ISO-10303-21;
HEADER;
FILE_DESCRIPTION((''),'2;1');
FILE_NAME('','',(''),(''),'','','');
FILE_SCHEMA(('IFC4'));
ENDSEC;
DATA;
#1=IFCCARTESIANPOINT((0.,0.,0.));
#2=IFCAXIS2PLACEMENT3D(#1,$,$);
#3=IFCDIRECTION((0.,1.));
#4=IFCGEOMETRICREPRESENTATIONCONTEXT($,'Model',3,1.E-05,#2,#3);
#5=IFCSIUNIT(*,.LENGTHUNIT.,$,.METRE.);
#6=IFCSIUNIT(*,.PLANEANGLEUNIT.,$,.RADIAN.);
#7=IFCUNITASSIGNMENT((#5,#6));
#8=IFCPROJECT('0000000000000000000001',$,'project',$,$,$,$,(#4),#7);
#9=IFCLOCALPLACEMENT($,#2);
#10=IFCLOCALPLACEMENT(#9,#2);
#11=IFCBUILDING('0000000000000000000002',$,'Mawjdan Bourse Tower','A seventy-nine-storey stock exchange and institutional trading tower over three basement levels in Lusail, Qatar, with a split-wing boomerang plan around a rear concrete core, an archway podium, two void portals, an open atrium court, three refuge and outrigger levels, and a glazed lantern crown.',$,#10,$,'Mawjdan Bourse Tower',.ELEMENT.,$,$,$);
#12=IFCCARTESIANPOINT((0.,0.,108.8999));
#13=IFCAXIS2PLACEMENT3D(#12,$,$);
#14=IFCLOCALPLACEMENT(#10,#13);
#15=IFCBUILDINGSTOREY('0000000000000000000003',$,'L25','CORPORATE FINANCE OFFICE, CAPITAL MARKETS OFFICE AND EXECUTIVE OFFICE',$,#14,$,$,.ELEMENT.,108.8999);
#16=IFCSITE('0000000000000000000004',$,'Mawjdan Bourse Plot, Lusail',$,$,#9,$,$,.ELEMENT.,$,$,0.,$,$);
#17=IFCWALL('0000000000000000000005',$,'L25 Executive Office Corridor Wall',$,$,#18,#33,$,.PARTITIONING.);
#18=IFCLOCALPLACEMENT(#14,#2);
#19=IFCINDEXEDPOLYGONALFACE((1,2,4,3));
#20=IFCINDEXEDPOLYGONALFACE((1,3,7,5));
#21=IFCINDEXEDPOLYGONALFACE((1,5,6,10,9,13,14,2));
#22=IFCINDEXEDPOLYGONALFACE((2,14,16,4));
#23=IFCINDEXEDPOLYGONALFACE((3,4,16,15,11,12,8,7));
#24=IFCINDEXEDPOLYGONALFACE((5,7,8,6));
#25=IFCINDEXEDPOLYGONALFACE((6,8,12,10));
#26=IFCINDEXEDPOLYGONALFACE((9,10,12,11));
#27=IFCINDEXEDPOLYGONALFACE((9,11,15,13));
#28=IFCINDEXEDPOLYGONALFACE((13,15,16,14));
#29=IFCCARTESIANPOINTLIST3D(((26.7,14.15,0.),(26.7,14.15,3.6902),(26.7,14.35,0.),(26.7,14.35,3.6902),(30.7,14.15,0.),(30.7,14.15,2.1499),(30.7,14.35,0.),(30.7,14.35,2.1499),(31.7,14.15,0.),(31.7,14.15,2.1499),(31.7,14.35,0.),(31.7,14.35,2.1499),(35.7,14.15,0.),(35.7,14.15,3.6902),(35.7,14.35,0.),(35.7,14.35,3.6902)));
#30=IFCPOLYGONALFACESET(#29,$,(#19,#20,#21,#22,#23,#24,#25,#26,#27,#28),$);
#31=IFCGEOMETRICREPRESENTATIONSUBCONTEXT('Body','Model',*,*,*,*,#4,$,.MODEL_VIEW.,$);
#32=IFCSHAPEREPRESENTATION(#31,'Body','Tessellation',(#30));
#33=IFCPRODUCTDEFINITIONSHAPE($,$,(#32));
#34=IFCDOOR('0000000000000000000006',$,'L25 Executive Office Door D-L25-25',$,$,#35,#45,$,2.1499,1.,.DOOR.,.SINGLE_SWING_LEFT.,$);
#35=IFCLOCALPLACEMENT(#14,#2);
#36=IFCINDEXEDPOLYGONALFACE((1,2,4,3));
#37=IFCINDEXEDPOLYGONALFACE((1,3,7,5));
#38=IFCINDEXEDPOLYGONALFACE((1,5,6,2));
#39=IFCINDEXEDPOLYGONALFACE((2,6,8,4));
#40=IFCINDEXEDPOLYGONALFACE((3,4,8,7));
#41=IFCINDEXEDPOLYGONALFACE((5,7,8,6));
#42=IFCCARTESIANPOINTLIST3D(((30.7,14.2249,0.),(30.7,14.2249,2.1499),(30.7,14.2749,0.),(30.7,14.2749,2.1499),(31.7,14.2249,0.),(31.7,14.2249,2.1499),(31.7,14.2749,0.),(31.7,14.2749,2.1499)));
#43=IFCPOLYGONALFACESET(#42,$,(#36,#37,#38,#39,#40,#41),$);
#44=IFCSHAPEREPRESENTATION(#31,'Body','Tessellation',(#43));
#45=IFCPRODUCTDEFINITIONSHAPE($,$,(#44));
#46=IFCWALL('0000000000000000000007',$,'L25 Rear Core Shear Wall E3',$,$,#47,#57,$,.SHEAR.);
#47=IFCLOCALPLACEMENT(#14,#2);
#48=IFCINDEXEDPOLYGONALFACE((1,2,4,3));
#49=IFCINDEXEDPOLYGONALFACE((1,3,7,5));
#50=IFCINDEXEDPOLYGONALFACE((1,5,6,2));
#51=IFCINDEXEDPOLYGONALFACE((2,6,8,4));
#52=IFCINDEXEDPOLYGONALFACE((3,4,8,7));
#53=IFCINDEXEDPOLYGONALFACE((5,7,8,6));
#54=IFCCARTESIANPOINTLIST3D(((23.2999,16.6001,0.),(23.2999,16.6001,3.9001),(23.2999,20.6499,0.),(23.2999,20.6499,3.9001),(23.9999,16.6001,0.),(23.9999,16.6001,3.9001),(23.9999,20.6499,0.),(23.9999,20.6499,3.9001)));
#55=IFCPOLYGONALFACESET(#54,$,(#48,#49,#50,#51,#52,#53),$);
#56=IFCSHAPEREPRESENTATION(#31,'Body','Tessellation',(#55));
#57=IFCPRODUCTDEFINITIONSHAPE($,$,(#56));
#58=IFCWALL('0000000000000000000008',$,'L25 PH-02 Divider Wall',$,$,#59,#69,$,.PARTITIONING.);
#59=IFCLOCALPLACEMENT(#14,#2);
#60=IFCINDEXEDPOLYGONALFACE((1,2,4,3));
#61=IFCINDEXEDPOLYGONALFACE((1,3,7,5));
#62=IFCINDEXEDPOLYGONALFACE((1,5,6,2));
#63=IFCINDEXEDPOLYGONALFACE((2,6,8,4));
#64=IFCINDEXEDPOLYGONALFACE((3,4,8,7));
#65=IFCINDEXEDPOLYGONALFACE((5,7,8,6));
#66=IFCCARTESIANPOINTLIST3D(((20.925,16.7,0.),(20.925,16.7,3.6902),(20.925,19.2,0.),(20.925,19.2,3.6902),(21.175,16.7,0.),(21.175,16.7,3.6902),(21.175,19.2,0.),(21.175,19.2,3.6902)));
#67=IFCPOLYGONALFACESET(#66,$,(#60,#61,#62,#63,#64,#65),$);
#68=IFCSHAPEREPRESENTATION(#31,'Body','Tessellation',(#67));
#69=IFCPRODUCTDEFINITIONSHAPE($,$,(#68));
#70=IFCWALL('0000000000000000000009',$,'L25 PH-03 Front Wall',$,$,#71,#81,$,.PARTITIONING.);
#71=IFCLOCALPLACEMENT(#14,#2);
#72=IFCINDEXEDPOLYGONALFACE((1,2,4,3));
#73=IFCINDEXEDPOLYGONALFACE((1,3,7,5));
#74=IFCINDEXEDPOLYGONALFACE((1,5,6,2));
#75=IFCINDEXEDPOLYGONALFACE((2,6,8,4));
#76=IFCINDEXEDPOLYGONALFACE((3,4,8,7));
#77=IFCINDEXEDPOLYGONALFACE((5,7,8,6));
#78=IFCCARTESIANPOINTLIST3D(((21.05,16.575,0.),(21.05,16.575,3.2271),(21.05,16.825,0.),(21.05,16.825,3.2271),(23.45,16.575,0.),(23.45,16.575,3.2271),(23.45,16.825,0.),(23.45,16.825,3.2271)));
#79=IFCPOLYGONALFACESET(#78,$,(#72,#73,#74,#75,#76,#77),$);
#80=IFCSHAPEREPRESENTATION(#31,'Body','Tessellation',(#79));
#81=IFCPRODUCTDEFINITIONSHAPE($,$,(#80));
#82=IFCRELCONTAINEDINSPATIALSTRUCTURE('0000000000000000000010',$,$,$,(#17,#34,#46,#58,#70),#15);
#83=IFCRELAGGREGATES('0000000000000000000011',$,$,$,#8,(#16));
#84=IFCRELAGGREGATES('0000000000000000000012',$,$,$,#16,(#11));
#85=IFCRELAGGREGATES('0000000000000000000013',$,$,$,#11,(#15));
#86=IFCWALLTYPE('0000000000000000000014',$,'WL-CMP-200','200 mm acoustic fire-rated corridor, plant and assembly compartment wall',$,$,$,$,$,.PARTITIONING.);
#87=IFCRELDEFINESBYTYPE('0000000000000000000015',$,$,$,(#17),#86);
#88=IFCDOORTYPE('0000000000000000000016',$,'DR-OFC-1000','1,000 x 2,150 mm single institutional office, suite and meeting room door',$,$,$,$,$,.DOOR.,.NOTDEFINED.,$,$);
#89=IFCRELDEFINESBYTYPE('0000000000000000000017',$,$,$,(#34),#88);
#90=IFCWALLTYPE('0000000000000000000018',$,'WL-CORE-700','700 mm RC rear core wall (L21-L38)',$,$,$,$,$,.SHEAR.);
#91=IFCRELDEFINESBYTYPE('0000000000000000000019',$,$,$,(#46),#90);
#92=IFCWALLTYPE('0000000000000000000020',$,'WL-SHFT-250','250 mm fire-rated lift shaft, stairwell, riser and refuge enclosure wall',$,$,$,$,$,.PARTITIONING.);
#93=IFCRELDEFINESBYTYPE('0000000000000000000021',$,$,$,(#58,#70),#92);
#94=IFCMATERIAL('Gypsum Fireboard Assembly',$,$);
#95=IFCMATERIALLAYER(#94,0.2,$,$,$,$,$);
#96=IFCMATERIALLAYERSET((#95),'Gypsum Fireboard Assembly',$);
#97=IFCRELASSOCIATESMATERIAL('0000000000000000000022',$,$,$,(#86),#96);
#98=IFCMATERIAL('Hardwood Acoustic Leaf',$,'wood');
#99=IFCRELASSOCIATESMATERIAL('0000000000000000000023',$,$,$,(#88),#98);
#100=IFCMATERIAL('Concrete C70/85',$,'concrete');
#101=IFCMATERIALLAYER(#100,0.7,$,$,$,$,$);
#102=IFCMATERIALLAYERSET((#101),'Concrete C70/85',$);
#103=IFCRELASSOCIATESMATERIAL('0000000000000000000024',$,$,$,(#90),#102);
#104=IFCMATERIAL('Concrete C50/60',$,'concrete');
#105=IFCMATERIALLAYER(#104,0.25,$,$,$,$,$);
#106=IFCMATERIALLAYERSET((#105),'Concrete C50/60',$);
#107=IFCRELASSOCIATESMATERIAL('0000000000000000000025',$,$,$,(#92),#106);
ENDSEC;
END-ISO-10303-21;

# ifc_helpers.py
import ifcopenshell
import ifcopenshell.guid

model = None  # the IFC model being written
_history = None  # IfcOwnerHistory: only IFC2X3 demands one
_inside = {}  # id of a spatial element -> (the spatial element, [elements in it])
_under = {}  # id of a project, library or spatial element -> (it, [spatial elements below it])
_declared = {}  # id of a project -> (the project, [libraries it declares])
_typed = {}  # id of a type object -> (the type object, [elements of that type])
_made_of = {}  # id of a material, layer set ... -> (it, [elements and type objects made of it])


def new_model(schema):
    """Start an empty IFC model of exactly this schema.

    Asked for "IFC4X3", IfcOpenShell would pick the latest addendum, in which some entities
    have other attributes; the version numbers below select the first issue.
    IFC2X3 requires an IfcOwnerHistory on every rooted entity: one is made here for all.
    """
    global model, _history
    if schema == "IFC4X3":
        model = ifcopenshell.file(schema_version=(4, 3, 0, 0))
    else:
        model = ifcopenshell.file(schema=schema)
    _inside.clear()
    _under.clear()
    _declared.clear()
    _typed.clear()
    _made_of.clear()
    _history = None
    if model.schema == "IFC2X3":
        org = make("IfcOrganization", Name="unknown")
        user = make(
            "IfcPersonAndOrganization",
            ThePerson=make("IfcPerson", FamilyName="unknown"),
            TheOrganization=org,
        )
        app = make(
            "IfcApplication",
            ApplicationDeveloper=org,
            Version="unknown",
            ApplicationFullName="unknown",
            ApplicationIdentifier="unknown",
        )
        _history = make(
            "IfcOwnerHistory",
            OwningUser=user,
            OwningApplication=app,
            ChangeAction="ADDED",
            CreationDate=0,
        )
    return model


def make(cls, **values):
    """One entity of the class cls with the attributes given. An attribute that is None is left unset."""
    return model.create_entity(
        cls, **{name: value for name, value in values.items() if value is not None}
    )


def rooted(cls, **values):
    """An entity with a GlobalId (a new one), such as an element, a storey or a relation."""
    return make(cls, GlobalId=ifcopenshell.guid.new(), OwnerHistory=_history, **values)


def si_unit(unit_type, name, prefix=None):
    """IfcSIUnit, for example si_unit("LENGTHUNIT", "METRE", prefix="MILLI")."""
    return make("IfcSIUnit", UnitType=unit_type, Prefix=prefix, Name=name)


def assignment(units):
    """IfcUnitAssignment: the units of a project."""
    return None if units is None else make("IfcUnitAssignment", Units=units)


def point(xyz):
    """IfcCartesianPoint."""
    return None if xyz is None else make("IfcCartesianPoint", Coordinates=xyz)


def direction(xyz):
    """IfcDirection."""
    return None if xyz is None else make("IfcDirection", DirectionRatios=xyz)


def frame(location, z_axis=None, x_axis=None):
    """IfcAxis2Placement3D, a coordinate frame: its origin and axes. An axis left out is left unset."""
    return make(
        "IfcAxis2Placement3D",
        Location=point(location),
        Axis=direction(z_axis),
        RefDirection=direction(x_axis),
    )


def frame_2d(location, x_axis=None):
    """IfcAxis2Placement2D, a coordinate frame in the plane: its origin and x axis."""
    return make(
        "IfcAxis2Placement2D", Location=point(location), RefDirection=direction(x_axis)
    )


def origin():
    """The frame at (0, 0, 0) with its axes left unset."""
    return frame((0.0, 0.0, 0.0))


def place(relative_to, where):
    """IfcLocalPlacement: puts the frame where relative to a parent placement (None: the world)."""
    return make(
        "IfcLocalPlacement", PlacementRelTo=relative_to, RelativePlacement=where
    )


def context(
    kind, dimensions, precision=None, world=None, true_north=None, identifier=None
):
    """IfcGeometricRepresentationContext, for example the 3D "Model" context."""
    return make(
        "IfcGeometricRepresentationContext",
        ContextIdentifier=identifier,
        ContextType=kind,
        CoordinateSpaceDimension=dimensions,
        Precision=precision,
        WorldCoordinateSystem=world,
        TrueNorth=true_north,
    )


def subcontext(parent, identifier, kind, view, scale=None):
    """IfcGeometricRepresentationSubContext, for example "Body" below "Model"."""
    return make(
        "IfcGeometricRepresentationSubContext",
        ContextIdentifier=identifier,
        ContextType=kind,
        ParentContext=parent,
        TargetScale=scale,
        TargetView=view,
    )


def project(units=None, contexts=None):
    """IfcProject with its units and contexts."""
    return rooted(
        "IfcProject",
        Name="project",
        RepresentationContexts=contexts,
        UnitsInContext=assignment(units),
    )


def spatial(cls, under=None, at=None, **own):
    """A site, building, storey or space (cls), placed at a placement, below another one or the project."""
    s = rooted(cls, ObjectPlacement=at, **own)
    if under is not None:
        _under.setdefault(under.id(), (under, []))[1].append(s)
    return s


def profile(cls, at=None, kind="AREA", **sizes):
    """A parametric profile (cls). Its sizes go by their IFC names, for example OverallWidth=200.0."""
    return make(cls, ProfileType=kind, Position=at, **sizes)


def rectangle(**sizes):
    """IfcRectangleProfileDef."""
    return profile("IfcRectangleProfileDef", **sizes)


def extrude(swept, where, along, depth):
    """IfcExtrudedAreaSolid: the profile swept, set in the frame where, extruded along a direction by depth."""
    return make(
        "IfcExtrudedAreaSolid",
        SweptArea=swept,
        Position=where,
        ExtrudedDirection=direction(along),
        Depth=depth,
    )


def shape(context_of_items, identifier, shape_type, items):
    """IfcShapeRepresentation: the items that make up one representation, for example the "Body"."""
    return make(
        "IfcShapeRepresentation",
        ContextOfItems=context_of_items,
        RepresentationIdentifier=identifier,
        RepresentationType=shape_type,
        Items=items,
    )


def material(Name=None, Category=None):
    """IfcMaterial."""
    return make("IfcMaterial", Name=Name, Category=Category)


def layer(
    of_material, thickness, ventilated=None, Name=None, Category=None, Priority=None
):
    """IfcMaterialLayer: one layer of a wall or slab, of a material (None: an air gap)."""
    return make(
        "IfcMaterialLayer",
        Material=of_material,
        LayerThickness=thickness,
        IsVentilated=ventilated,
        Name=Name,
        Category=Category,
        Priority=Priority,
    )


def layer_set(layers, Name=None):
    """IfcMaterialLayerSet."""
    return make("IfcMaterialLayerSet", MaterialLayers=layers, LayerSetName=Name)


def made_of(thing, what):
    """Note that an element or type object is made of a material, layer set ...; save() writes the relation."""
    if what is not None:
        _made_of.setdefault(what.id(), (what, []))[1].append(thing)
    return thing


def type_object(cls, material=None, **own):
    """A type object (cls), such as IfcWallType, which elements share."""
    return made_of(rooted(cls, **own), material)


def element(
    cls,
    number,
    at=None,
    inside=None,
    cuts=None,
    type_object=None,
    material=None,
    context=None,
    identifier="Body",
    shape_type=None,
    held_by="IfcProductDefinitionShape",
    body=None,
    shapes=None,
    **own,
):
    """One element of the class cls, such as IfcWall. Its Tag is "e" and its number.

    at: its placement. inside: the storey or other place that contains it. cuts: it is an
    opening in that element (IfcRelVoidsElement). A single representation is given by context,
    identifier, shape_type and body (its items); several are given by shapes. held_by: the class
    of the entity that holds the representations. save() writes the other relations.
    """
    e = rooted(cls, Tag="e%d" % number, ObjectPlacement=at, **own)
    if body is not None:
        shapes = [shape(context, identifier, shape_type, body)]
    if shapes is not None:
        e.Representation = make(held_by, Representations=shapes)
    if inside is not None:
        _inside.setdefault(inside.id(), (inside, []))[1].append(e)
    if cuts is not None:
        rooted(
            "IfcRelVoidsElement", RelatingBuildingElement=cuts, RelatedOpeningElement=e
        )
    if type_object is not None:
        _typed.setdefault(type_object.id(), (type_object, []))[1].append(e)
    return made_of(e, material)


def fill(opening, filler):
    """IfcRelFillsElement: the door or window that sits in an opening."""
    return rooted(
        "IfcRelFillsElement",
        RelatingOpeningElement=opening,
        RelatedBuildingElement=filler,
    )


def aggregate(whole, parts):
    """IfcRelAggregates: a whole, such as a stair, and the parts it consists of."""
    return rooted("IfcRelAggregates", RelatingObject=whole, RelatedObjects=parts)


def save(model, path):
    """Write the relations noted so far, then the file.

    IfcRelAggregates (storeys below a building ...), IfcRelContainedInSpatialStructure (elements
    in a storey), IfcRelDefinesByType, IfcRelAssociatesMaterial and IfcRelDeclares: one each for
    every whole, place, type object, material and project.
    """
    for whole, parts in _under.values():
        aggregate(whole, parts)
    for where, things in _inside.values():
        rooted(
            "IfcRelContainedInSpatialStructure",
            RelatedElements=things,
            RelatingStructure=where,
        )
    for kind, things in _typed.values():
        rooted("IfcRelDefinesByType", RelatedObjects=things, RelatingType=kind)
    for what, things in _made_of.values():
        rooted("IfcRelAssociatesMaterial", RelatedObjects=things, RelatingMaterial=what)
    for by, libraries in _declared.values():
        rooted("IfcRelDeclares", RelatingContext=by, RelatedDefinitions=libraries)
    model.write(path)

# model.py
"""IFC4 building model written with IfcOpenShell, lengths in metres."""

from ifc_helpers import new_model, si_unit, direction, frame, frame_2d, origin, place, context, subcontext, project, spatial, rectangle, extrude, material, layer, layer_set, type_object, element, fill, save


model = new_model("IFC4")

# Units and contexts
model_context = context("Model", 3, precision=1e-05, world=origin(), true_north=direction((0.0, 1.0)))
body_context = subcontext(model_context, "Body", "Model", "MODEL_VIEW")
ifc_project = project(units=[si_unit("LENGTHUNIT", "METRE"), si_unit("PLANEANGLEUNIT", "RADIAN")], contexts=[model_context])

# Site, building, storey
site_placement = place(None, origin())
site = spatial("IfcSite", under=ifc_project, at=site_placement, Name="Mawjdan Bourse Plot, Lusail", CompositionType="ELEMENT", RefElevation=0.0)
building_placement = place(site_placement, origin())
building = spatial("IfcBuilding", under=site, at=building_placement, Name="Mawjdan Bourse Tower", Description="A seventy-nine-storey stock exchange and institutional trading tower over three basement levels in Lusail, Qatar, with a split-wing boomerang plan around a rear concrete core, an archway podium, two void portals, an open atrium court, three refuge and outrigger levels, and a glazed lantern crown.", LongName="Mawjdan Bourse Tower", CompositionType="ELEMENT")
storey_placement = place(building_placement, frame((0.0, 0.0, 108.8999)))
storey = spatial("IfcBuildingStorey", under=building, at=storey_placement, Name="L25", Description="CORPORATE FINANCE OFFICE, CAPITAL MARKETS OFFICE AND EXECUTIVE OFFICE", CompositionType="ELEMENT", Elevation=108.8999)

# Shared definitions
ifc_material_1 = material(Name="Concrete C70/85", Category="concrete")

# Shared definitions
ifc_material_2 = material(Name="Gypsum Fireboard Assembly")
ifc_layer_1 = layer(ifc_material_2, 0.2)
ifc_layer_set_1 = layer_set([ifc_layer_1], Name="Gypsum Fireboard Assembly")
wall_type_1 = type_object("IfcWallType", Name="WL-CMP-200", Description="200 mm acoustic fire-rated corridor, plant and assembly compartment wall", PredefinedType="PARTITIONING", material=ifc_layer_set_1)

# Shared definitions
ifc_material_3 = material(Name="Hardwood Acoustic Leaf", Category="wood")
door_type_1 = type_object("IfcDoorType", Name="DR-OFC-1000", Description="1,000 x 2,150 mm single institutional office, suite and meeting room door", OperationType="NOTDEFINED", PredefinedType="DOOR", material=ifc_material_3)

# Wall, opening, door
wall_1_placement = place(storey_placement, frame((26.7, 14.25, 0.0), z_axis=(0.0, 0.0, 1.0), x_axis=(1.0, 0.0, 0.0)))
wall_1 = element("IfcWall", 1, at=wall_1_placement, inside=storey, type_object=wall_type_1, Name="L25 Executive Office Corridor Wall", PredefinedType="PARTITIONING", context=body_context, shape_type="SweptSolid", body=[
    extrude(rectangle(XDim=9.0, YDim=0.2, at=frame_2d((4.5, 0.0))), origin(), (0.0, 0.0, 1.0), 3.6902),
])
opening_1_placement = place(wall_1_placement, frame((4.0, 0.0, 0.0)))
opening_1 = element("IfcOpeningElement", 2, at=opening_1_placement, cuts=wall_1, PredefinedType="OPENING", context=body_context, shape_type="SweptSolid", body=[
    extrude(rectangle(XDim=1.0, YDim=2.1499, at=frame_2d((0.5, 1.075))), frame((0.0, 0.1099, 0.0), z_axis=(0.0, -1.0, 0.0), x_axis=(1.0, 0.0, 0.0)), (0.0, 0.0, 1.0), 0.22),
])
door_1_placement = place(opening_1_placement, origin())
door_1 = element("IfcDoor", 3, at=door_1_placement, inside=storey, type_object=door_type_1, Name="L25 Executive Office Door D-L25-25", OperationType="SINGLE_SWING_LEFT", OverallHeight=2.1499, OverallWidth=1.0, PredefinedType="DOOR", context=body_context, shape_type="SweptSolid", body=[
    extrude(rectangle(XDim=1.0, YDim=2.1499, at=frame_2d((0.5, 1.075))), frame((0.0, 0.0249, 0.0), z_axis=(0.0, -1.0, 0.0), x_axis=(1.0, 0.0, 0.0)), (0.0, 0.0, 1.0), 0.05),
])
fill(opening_1, door_1)

# Walls
ifc_layer_2 = layer(ifc_material_1, 0.7)
ifc_layer_set_2 = layer_set([ifc_layer_2], Name="Concrete C70/85")
wall_type_2 = type_object("IfcWallType", Name="WL-CORE-700", Description="700 mm RC rear core wall (L21-L38)", PredefinedType="SHEAR", material=ifc_layer_set_2)
wall_2_placement = place(storey_placement, frame((23.6499, 16.6001, 0.0), z_axis=(0.0, 0.0, 1.0), x_axis=(0.0, 1.0, 0.0)))
element("IfcWall", 4, at=wall_2_placement, inside=storey, type_object=wall_type_2, Name="L25 Rear Core Shear Wall E3", PredefinedType="SHEAR", context=body_context, shape_type="SweptSolid", body=[
    extrude(rectangle(XDim=4.0498, YDim=0.7, at=frame_2d((2.0249, 0.0))), origin(), (0.0, 0.0, 1.0), 3.9001),
])
ifc_material_4 = material(Name="Concrete C50/60", Category="concrete")
ifc_layer_3 = layer(ifc_material_4, 0.25)
ifc_layer_set_3 = layer_set([ifc_layer_3], Name="Concrete C50/60")
wall_type_3 = type_object("IfcWallType", Name="WL-SHFT-250", Description="250 mm fire-rated lift shaft, stairwell, riser and refuge enclosure wall", PredefinedType="PARTITIONING", material=ifc_layer_set_3)
wall_3_placement = place(storey_placement, frame((21.05, 16.7, 0.0), z_axis=(0.0, 0.0, 1.0), x_axis=(0.0, 1.0, 0.0)))
element("IfcWall", 5, at=wall_3_placement, inside=storey, type_object=wall_type_3, Name="L25 PH-02 Divider Wall", PredefinedType="PARTITIONING", context=body_context, shape_type="SweptSolid", body=[
    extrude(rectangle(XDim=2.5, YDim=0.25, at=frame_2d((1.25, 0.0))), origin(), (0.0, 0.0, 1.0), 3.6902),
])
wall_4_placement = place(storey_placement, frame((21.05, 16.7, 0.0), z_axis=(0.0, 0.0, 1.0), x_axis=(1.0, 0.0, 0.0)))
element("IfcWall", 6, at=wall_4_placement, inside=storey, type_object=wall_type_3, Name="L25 PH-03 Front Wall", PredefinedType="PARTITIONING", context=body_context, shape_type="SweptSolid", body=[
    extrude(rectangle(XDim=2.3999, YDim=0.25, at=frame_2d((1.2, 0.0))), origin(), (0.0, 0.0, 1.0), 3.2271),
])

save(model, "model.ifc")
